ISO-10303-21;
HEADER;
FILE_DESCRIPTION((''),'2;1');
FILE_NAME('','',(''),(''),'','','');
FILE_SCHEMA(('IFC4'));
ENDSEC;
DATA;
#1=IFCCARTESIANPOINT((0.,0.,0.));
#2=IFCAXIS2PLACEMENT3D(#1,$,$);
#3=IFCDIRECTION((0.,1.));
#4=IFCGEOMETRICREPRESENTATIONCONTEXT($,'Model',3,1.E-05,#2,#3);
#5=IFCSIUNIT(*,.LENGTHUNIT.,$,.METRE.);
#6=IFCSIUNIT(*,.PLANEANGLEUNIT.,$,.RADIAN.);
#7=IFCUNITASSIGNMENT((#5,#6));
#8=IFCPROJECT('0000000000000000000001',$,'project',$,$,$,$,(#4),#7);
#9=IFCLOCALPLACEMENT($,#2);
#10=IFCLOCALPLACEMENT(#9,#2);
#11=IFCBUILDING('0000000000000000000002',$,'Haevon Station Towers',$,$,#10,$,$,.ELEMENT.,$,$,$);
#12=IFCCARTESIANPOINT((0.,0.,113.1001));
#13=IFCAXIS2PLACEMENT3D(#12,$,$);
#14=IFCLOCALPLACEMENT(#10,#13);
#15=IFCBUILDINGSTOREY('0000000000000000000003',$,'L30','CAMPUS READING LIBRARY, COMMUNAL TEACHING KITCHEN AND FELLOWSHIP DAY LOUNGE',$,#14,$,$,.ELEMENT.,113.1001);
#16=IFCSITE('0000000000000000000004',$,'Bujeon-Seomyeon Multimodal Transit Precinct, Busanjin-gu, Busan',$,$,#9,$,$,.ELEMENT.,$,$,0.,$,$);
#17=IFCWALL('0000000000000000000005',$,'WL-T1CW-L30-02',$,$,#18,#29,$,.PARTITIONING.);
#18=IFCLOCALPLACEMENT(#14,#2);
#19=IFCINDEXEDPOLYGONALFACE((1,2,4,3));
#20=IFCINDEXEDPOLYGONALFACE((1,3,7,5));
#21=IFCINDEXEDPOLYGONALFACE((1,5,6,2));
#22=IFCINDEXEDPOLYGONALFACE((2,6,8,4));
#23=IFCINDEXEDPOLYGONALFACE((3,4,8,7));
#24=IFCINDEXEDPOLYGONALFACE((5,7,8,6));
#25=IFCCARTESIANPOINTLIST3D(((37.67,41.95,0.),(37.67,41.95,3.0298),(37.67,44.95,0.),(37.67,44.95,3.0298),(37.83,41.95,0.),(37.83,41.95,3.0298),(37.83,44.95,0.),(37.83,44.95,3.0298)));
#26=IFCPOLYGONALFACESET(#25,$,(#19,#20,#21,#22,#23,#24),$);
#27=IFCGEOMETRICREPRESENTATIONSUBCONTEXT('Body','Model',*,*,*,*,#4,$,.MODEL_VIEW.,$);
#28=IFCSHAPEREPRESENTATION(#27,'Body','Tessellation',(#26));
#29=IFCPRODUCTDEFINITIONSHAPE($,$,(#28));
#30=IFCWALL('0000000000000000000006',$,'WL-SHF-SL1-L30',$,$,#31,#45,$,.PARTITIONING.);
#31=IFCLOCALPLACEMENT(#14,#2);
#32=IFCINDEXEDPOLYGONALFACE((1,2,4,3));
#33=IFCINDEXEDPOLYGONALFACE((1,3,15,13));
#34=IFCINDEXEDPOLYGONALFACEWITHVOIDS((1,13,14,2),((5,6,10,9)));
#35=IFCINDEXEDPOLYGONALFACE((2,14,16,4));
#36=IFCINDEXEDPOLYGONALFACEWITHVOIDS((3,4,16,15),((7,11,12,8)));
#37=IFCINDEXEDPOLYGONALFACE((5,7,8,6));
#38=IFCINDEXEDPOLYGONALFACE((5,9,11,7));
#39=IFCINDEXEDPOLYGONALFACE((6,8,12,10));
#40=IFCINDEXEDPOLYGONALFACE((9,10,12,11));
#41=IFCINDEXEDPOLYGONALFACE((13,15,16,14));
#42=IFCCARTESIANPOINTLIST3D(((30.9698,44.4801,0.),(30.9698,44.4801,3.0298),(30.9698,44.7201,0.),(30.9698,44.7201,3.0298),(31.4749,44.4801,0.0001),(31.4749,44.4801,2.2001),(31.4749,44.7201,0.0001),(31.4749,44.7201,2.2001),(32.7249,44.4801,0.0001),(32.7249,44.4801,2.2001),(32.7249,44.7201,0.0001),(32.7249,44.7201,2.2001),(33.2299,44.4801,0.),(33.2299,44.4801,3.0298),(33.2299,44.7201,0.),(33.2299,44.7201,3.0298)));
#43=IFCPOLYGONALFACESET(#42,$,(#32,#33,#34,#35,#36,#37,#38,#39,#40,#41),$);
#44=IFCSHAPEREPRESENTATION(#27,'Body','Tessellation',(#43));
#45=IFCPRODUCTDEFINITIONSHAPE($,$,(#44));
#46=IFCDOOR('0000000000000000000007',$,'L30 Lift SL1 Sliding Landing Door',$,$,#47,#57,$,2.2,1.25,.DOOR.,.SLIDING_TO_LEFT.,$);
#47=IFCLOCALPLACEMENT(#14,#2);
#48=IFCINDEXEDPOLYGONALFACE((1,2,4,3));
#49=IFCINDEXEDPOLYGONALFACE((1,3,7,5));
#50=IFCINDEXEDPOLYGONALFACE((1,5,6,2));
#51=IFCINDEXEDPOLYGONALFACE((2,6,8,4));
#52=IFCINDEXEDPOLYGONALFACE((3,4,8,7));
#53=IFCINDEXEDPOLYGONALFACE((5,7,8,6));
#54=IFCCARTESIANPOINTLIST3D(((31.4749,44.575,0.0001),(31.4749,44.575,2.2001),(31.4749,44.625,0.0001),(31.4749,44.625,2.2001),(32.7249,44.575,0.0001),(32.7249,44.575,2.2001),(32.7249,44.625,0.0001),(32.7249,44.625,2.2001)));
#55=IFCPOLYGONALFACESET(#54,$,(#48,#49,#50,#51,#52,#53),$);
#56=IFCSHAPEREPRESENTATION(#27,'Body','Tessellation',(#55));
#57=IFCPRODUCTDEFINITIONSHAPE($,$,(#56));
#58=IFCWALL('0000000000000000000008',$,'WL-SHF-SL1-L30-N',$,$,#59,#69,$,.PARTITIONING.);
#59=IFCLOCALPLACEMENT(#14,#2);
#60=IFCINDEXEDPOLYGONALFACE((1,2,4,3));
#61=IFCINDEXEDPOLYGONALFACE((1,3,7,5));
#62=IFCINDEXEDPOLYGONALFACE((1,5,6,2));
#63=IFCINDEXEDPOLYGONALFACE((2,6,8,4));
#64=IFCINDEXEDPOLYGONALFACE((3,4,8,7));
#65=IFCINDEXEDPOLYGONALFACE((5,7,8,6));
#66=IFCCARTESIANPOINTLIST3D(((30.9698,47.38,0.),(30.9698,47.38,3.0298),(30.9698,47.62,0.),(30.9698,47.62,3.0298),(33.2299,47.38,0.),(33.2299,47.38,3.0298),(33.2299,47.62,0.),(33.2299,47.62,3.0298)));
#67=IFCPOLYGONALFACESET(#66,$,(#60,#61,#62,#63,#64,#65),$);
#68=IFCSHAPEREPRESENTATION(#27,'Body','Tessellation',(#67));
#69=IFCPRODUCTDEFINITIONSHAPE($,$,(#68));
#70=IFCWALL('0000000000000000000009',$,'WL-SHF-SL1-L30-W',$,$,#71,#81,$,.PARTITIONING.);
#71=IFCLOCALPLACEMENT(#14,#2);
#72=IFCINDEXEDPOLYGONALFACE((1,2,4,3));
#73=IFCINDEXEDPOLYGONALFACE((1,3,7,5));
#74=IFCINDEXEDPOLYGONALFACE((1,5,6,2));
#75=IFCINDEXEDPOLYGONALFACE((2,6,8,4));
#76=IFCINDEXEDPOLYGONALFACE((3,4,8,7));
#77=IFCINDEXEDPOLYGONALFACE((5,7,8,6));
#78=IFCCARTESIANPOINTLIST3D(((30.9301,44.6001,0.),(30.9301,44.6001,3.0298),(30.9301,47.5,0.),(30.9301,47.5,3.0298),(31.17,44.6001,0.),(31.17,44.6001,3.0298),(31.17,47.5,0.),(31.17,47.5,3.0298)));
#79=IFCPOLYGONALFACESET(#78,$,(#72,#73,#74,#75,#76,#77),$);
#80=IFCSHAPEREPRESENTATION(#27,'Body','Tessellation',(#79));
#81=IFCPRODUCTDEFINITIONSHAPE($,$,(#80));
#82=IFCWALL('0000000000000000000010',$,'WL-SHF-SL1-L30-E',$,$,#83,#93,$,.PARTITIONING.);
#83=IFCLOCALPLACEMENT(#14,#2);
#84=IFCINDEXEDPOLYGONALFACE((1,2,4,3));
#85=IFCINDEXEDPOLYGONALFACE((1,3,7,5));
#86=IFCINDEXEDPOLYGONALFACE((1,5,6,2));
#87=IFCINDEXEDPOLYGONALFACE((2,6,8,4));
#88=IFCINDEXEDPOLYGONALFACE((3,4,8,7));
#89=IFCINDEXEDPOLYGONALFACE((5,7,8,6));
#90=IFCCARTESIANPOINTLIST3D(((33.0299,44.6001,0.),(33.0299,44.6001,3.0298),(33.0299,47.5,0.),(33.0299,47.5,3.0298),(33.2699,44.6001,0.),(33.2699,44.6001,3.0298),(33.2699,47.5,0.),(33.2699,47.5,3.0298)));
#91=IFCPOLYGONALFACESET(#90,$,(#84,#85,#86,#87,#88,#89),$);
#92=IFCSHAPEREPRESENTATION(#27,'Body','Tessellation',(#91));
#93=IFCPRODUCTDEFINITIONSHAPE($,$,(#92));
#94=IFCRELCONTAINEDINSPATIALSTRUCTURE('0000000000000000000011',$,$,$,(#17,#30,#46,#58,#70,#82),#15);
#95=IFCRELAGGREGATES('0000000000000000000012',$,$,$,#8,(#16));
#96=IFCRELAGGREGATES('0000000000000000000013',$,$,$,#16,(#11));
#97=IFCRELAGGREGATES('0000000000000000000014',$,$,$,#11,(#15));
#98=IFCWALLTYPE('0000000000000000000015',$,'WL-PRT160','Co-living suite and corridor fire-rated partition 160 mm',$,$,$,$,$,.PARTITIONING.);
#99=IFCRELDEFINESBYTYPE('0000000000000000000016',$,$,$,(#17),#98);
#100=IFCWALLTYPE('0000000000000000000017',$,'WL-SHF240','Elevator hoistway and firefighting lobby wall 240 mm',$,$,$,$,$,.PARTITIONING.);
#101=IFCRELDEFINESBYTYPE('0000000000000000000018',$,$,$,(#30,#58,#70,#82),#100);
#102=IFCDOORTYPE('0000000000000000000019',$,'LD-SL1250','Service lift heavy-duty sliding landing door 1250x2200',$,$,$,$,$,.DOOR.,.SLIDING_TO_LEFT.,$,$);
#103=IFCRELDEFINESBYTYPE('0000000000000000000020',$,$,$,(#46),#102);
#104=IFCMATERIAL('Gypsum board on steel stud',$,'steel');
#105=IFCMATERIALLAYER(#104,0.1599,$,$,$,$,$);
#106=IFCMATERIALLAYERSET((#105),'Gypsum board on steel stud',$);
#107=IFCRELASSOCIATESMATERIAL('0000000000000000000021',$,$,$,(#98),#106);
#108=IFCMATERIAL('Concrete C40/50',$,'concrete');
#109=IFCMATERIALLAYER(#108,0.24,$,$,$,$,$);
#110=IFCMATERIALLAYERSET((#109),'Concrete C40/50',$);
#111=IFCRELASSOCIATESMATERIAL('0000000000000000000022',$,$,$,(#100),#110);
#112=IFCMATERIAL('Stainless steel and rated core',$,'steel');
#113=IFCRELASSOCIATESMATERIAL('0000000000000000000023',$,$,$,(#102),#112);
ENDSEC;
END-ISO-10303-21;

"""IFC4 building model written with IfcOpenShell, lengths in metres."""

from ifc_helpers import new_model, si_unit, direction, frame, frame_2d, origin, place, context, subcontext, project, spatial, rectangle, extrude, material, layer, layer_set, type_object, element, fill, save


model = new_model("IFC4")

# Units and contexts
model_context = context("Model", 3, precision=1e-05, world=origin(), true_north=direction((0.0, 1.0)))
body_context = subcontext(model_context, "Body", "Model", "MODEL_VIEW")
ifc_project = project(units=[si_unit("LENGTHUNIT", "METRE"), si_unit("PLANEANGLEUNIT", "RADIAN")], contexts=[model_context])

# Site, building, storey
site_placement = place(None, origin())
site = spatial("IfcSite", under=ifc_project, at=site_placement, Name="Bujeon-Seomyeon Multimodal Transit Precinct, Busanjin-gu, Busan", CompositionType="ELEMENT", RefElevation=0.0)
building_placement = place(site_placement, origin())
building = spatial("IfcBuilding", under=site, at=building_placement, Name="Haevon Station Towers", CompositionType="ELEMENT")
storey_placement = place(building_placement, frame((0.0, 0.0, 113.1001)))
storey = spatial("IfcBuildingStorey", under=building, at=storey_placement, Name="L30", Description="CAMPUS READING LIBRARY, COMMUNAL TEACHING KITCHEN AND FELLOWSHIP DAY LOUNGE", CompositionType="ELEMENT", Elevation=113.1001)

# Shared definitions
ifc_material_1 = material(Name="Gypsum board on steel stud", Category="steel")
ifc_layer_1 = layer(ifc_material_1, 0.1599)
ifc_layer_set_1 = layer_set([ifc_layer_1], Name="Gypsum board on steel stud")
wall_type_1 = type_object("IfcWallType", Name="WL-PRT160", Description="Co-living suite and corridor fire-rated partition 160 mm", PredefinedType="PARTITIONING", material=ifc_layer_set_1)

# Wall
wall_1_placement = place(storey_placement, frame((37.75, 41.95, 0.0), z_axis=(0.0, 0.0, 1.0), x_axis=(0.0, 1.0, 0.0)))
element("IfcWall", 1, at=wall_1_placement, inside=storey, type_object=wall_type_1, Name="WL-T1CW-L30-02", PredefinedType="PARTITIONING", context=body_context, shape_type="SweptSolid", body=[
    extrude(rectangle(XDim=3.0, YDim=0.1599, at=frame_2d((1.5, 0.0))), origin(), (0.0, 0.0, 1.0), 3.0298),
])

# Wall, opening, door
ifc_material_2 = material(Name="Concrete C40/50", Category="concrete")
ifc_layer_2 = layer(ifc_material_2, 0.24)
ifc_layer_set_2 = layer_set([ifc_layer_2], Name="Concrete C40/50")
wall_type_2 = type_object("IfcWallType", Name="WL-SHF240", Description="Elevator hoistway and firefighting lobby wall 240 mm", PredefinedType="PARTITIONING", material=ifc_layer_set_2)
wall_2_placement = place(storey_placement, frame((30.97, 44.6001, 0.0), z_axis=(0.0, 0.0, 1.0), x_axis=(1.0, 0.0, 0.0)))
wall_2 = element("IfcWall", 2, at=wall_2_placement, inside=storey, type_object=wall_type_2, Name="WL-SHF-SL1-L30", PredefinedType="PARTITIONING", context=body_context, shape_type="SweptSolid", body=[
    extrude(rectangle(XDim=2.26, YDim=0.24, at=frame_2d((1.1299, 0.0))), origin(), (0.0, 0.0, 1.0), 3.0298),
])
opening_1_placement = place(wall_2_placement, frame((0.5049, 0.0, 0.0)))
opening_1 = element("IfcOpeningElement", 3, at=opening_1_placement, cuts=wall_2, PredefinedType="OPENING", context=body_context, shape_type="SweptSolid", body=[
    extrude(rectangle(XDim=1.25, YDim=2.2, at=frame_2d((0.625, 1.1001))), frame((0.0, 0.1299, 0.0), z_axis=(0.0, -1.0, 0.0), x_axis=(1.0, 0.0, 0.0)), (0.0, 0.0, 1.0), 0.26),
])
ifc_material_3 = material(Name="Stainless steel and rated core", Category="steel")
door_type_1 = type_object("IfcDoorType", Name="LD-SL1250", Description="Service lift heavy-duty sliding landing door 1250x2200", OperationType="SLIDING_TO_LEFT", PredefinedType="DOOR", material=ifc_material_3)
door_1_placement = place(opening_1_placement, origin())
door_1 = element("IfcDoor", 4, at=door_1_placement, inside=storey, type_object=door_type_1, Name="L30 Lift SL1 Sliding Landing Door", OperationType="SLIDING_TO_LEFT", OverallHeight=2.2, OverallWidth=1.25, PredefinedType="DOOR", context=body_context, shape_type="SweptSolid", body=[
    extrude(rectangle(XDim=1.25, YDim=2.2, at=frame_2d((0.625, 1.1001))), frame((0.0, 0.0249, 0.0), z_axis=(0.0, -1.0, 0.0), x_axis=(1.0, 0.0, 0.0)), (0.0, 0.0, 1.0), 0.05),
])
fill(opening_1, door_1)

# Walls
wall_3_placement = place(storey_placement, frame((30.97, 47.5, 0.0), z_axis=(0.0, 0.0, 1.0), x_axis=(1.0, 0.0, 0.0)))
element("IfcWall", 5, at=wall_3_placement, inside=storey, type_object=wall_type_2, Name="WL-SHF-SL1-L30-N", PredefinedType="PARTITIONING", context=body_context, shape_type="SweptSolid", body=[
    extrude(rectangle(XDim=2.26, YDim=0.24, at=frame_2d((1.1299, 0.0))), origin(), (0.0, 0.0, 1.0), 3.0298),
])
for number, where, z_axis, x_axis, name in (
    (6, (31.05, 44.6001, 0.0), (0.0, 0.0, 1.0), (0.0, 1.0, 0.0), "WL-SHF-SL1-L30-W"),
    (7, (33.1499, 44.6001, 0.0), (0.0, 0.0, 1.0), (0.0, 1.0, 0.0), "WL-SHF-SL1-L30-E"),
):
    element("IfcWall", number, at=place(storey_placement, frame(where, z_axis=z_axis, x_axis=x_axis)), inside=storey, type_object=wall_type_2, Name=name, PredefinedType="PARTITIONING", context=body_context, shape_type="SweptSolid", body=[
        extrude(rectangle(XDim=2.8999, YDim=0.24, at=frame_2d((1.45, 0.0))), origin(), (0.0, 0.0, 1.0), 3.0298),
    ])

save(model, "model.ifc")
